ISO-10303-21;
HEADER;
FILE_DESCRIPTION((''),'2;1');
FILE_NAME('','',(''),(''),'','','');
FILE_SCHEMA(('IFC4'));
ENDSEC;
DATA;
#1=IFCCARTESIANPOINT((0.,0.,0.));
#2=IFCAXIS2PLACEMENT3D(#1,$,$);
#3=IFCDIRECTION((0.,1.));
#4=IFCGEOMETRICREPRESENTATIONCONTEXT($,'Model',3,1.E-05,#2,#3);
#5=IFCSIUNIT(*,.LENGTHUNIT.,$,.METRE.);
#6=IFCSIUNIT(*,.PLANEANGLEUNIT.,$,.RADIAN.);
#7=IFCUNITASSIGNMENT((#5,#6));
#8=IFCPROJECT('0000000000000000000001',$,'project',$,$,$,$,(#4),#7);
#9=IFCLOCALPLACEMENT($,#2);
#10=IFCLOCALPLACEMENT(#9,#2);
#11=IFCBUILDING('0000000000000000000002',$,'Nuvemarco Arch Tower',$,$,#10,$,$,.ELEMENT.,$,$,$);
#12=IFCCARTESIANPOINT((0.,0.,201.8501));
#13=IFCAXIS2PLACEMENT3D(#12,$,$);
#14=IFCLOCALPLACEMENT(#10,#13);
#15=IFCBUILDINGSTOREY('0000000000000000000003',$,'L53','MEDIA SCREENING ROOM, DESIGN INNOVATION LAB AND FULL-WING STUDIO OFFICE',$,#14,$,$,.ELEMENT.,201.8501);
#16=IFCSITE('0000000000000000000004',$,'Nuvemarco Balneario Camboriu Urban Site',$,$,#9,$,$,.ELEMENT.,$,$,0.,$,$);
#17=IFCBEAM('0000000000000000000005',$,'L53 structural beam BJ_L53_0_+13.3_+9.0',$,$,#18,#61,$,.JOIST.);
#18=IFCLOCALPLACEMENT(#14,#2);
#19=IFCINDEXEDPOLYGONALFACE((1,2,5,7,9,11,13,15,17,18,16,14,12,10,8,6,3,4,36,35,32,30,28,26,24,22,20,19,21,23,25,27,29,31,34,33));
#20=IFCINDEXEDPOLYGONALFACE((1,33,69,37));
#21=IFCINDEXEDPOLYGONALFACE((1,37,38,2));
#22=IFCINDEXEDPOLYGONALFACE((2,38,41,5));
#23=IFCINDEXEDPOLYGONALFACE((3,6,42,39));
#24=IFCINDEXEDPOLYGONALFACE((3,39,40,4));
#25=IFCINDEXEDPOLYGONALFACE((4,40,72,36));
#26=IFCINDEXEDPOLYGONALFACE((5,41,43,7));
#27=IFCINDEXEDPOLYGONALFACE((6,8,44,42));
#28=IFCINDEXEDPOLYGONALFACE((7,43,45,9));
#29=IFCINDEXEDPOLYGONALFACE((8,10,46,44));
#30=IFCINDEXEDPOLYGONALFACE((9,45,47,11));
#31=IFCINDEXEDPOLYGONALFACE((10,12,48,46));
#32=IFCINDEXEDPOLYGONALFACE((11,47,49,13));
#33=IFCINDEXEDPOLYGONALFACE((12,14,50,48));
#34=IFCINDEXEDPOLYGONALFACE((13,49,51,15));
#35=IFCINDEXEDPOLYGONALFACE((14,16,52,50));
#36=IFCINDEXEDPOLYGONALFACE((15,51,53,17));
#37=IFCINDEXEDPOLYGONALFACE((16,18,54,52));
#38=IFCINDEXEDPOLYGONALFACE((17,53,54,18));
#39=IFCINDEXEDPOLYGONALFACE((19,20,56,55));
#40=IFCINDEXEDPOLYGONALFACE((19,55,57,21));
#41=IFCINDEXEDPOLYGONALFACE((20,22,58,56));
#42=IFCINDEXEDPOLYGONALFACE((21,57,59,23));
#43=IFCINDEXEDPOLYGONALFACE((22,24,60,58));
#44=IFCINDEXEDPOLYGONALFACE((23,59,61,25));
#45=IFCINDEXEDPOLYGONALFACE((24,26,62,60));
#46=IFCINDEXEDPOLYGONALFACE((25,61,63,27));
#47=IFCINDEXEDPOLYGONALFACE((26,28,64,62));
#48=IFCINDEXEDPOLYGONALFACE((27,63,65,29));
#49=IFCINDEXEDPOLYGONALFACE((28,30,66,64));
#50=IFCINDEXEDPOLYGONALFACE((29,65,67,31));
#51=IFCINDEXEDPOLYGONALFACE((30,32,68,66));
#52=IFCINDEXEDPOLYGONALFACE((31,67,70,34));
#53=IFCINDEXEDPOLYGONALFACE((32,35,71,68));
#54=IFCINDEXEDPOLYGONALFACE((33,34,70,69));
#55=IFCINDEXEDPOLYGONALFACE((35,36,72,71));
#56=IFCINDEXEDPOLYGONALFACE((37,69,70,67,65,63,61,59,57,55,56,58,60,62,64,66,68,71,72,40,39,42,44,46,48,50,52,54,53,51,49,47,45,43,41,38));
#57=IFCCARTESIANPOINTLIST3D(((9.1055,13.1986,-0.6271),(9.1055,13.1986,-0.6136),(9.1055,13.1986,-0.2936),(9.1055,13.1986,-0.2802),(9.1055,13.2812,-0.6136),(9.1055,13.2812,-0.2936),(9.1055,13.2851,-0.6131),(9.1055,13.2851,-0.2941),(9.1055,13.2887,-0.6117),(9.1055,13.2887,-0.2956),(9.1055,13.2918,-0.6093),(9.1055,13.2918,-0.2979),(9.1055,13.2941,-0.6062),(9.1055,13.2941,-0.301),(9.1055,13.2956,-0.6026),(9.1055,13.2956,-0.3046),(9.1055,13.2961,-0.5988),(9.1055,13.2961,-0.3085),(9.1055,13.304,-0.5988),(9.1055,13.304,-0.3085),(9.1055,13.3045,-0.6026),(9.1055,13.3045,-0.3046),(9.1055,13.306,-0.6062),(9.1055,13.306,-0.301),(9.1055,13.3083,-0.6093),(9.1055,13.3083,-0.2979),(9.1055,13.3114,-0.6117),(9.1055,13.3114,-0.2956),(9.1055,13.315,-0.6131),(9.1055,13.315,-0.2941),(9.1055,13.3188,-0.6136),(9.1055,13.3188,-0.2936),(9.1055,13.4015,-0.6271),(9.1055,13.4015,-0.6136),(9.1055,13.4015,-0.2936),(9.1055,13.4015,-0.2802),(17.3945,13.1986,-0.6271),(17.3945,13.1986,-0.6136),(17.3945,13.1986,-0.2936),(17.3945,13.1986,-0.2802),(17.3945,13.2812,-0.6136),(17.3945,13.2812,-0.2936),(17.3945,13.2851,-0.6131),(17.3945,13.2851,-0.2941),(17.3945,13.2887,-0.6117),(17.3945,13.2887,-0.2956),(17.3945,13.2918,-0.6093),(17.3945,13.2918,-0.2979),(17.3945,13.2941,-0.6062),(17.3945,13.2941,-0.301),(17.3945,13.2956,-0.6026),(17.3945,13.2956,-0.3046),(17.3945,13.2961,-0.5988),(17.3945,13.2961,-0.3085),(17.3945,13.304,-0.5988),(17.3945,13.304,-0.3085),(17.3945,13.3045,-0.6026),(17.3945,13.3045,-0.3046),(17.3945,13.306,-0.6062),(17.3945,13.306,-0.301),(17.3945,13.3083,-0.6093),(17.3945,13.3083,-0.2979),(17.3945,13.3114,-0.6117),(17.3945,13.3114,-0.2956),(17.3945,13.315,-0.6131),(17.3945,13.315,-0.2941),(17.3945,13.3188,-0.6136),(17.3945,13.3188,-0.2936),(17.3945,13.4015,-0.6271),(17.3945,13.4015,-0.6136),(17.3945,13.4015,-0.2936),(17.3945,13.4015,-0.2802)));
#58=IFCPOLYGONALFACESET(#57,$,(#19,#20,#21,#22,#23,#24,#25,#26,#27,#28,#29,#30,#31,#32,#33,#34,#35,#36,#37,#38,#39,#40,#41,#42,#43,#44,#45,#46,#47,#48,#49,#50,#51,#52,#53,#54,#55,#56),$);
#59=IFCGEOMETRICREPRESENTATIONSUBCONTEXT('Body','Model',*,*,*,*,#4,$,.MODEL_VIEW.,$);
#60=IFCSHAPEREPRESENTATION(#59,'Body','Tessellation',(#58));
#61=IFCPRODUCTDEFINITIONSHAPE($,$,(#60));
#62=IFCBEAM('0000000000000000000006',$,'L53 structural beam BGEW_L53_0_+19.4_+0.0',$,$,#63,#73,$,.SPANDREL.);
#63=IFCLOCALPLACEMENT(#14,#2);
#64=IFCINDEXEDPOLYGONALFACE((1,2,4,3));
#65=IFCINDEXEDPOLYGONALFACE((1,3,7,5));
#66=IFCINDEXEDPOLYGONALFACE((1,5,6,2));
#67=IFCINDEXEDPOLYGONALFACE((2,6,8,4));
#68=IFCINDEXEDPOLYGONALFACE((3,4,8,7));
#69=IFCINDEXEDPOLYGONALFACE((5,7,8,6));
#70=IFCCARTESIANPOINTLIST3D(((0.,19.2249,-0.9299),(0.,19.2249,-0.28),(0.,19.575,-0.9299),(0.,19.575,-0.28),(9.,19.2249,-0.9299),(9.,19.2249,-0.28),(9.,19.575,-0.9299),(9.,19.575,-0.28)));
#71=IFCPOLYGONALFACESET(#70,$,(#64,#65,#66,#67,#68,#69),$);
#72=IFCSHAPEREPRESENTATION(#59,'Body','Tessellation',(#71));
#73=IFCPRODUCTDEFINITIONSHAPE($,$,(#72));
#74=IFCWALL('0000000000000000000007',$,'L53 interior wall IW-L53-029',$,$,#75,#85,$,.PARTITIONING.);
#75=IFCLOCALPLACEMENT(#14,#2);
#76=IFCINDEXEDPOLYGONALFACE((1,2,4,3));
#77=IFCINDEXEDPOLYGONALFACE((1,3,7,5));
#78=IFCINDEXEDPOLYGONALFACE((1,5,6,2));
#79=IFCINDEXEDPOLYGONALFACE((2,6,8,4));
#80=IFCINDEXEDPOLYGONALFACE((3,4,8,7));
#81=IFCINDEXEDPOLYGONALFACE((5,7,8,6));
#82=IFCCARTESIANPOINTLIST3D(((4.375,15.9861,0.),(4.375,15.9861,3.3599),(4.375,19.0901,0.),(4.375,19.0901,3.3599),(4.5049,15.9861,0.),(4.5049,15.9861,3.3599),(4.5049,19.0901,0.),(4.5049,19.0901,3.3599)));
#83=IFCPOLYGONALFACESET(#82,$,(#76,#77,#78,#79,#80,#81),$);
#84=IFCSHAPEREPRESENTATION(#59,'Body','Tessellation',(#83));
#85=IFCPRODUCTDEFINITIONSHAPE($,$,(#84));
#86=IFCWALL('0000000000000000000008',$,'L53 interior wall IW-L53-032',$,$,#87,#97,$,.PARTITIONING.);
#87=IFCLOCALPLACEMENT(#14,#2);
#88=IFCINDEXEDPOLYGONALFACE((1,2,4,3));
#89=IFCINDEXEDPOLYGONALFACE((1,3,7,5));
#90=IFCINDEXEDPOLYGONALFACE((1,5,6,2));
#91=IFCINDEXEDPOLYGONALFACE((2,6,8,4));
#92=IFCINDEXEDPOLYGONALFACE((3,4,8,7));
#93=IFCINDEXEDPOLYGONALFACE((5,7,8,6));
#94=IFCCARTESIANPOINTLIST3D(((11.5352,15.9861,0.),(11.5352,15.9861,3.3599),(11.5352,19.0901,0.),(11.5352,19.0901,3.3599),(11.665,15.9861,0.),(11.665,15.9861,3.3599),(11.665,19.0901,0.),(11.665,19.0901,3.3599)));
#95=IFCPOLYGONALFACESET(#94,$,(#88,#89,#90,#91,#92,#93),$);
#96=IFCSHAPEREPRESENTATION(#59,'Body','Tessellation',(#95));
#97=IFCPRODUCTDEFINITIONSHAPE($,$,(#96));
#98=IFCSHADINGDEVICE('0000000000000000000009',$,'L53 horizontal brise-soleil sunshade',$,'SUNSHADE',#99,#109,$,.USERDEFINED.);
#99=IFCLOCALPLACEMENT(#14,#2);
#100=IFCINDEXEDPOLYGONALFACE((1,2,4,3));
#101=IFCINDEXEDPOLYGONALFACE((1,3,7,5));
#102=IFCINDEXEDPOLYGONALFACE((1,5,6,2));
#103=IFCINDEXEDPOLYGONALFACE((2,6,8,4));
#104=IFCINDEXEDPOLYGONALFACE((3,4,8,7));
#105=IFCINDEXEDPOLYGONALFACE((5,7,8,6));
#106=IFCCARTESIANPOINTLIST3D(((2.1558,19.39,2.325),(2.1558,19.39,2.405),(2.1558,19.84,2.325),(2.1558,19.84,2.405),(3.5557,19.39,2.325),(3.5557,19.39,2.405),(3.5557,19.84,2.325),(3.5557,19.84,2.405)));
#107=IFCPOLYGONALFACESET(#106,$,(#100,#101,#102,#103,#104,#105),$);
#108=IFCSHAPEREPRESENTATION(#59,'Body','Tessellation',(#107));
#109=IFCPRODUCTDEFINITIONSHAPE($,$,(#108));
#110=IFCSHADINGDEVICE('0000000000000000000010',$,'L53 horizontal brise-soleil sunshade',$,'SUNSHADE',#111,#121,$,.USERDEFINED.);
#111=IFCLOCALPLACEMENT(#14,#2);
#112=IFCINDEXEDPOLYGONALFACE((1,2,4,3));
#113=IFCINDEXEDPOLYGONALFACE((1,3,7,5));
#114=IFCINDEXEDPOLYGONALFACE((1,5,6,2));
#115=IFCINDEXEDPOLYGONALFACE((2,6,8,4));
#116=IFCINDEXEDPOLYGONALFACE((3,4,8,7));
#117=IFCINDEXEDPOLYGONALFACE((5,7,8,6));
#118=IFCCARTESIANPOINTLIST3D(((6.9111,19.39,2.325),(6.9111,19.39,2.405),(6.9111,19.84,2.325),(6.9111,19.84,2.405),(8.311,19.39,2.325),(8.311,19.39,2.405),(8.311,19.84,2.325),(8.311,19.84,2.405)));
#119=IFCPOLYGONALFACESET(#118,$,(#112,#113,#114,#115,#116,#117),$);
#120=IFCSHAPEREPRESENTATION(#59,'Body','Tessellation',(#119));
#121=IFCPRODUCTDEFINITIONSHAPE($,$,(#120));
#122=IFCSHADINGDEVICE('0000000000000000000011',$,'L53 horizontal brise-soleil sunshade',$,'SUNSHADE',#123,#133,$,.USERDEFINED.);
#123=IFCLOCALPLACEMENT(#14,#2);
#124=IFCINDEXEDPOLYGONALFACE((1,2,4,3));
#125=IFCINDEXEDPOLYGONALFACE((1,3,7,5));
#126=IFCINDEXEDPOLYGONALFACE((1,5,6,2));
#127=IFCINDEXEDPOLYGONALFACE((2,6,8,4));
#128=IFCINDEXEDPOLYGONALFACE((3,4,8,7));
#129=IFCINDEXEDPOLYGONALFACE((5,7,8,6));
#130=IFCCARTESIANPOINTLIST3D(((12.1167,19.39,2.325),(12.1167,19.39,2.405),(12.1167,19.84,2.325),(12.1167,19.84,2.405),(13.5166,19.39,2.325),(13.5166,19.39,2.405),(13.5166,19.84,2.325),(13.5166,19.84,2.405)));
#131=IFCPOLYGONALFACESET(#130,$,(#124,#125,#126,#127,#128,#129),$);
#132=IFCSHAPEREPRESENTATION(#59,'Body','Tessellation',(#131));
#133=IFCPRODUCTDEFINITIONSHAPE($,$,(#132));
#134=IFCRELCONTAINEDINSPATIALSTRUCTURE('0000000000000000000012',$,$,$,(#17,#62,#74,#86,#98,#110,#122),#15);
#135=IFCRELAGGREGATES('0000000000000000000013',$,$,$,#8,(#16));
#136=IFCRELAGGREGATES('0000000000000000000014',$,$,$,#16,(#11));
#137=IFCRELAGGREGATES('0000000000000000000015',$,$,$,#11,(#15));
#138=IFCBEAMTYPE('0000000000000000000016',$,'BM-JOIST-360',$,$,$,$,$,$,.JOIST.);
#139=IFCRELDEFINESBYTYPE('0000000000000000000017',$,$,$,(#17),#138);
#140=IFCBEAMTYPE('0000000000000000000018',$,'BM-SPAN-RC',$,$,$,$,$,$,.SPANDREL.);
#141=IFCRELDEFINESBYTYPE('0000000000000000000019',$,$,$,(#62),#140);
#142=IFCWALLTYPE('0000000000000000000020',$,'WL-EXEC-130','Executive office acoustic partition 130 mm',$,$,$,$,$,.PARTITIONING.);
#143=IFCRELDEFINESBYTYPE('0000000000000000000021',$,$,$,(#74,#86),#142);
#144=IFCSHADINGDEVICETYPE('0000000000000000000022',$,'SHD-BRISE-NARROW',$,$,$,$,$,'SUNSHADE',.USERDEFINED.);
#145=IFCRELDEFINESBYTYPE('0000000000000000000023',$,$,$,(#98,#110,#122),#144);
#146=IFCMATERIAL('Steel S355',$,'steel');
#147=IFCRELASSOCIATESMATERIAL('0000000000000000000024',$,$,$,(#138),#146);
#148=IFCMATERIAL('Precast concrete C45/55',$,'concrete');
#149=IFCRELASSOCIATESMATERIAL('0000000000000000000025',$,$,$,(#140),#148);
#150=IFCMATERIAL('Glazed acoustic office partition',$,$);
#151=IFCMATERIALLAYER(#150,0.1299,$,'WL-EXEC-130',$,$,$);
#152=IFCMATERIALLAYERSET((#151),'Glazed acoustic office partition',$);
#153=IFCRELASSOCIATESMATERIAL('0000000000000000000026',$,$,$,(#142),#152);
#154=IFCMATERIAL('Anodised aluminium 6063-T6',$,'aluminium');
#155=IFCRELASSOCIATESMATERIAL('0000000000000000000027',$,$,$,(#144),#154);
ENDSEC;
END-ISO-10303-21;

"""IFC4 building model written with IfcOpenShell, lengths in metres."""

from ifc_helpers import new_model, si_unit, direction, frame, frame_2d, origin, origin_2d, place, context, subcontext, project, spatial, rectangle, i_section, extrude, source, transform, mapped, material, layer, layer_set, material_profile, profile_set, type_object, type_shapes, element, save


model = new_model("IFC4")

# Units and contexts
model_context = context("Model", 3, precision=1e-05, world=origin(), true_north=direction((0.0, 1.0)))
body_context = subcontext(model_context, "Body", "Model", "MODEL_VIEW")
ifc_project = project(units=[si_unit("LENGTHUNIT", "METRE"), si_unit("PLANEANGLEUNIT", "RADIAN")], contexts=[model_context])

# Site, building, storey
site_placement = place(None, origin())
site = spatial("IfcSite", under=ifc_project, at=site_placement, Name="Nuvemarco Balneario Camboriu Urban Site", CompositionType="ELEMENT", RefElevation=0.0)
building_placement = place(site_placement, origin())
building = spatial("IfcBuilding", under=site, at=building_placement, Name="Nuvemarco Arch Tower", CompositionType="ELEMENT")
storey_placement = place(building_placement, frame((0.0, 0.0, 201.8501)))
storey = spatial("IfcBuildingStorey", under=building, at=storey_placement, Name="L53", Description="MEDIA SCREENING ROOM, DESIGN INNOVATION LAB AND FULL-WING STUDIO OFFICE", CompositionType="ELEMENT", Elevation=201.8501)

# Shared definitions
ifc_material_1 = material(Name="Steel S355", Category="steel")

# Beams
ifc_material_profile_1 = material_profile(ifc_material_1, i_section(OverallWidth=0.2029, OverallDepth=0.3469, WebThickness=0.0078, FlangeThickness=0.0134, FilletRadius=0.0149, at=origin_2d()), Name="W360x64")
ifc_profile_set_1 = profile_set([ifc_material_profile_1], Name="Steel S355")
beam_type_1 = type_object("IfcBeamType", Name="BM-JOIST-360", PredefinedType="JOIST", material=ifc_profile_set_1)
beam_1_placement = place(storey_placement, frame((9.1055, 13.3, -0.4536), z_axis=(1.0, 0.0, 0.0), x_axis=(0.0, 1.0, 0.0)))
element("IfcBeam", 1, at=beam_1_placement, inside=storey, type_object=beam_type_1, Name="L53 structural beam BJ_L53_0_+13.3_+9.0", PredefinedType="JOIST", context=body_context, shape_type="SweptSolid", body=[
    extrude(i_section(OverallWidth=0.2029, OverallDepth=0.3469, WebThickness=0.0078, FlangeThickness=0.0134, FilletRadius=0.0149, at=origin_2d()), origin(), (0.0, 0.0, 1.0), 8.2891),
])
ifc_material_2 = material(Name="Precast concrete C45/55", Category="concrete")
ifc_material_profile_2 = material_profile(ifc_material_2, rectangle(XDim=0.3501, YDim=0.6499, at=origin_2d()), Name="PC-SP-350x650")
ifc_profile_set_2 = profile_set([ifc_material_profile_2], Name="Precast concrete C45/55")
beam_type_2 = type_object("IfcBeamType", Name="BM-SPAN-RC", PredefinedType="SPANDREL", material=ifc_profile_set_2)
beam_2_placement = place(storey_placement, frame((0.0, 19.3999, -0.605), z_axis=(1.0, 0.0, 0.0), x_axis=(0.0, 1.0, 0.0)))
element("IfcBeam", 2, at=beam_2_placement, inside=storey, type_object=beam_type_2, Name="L53 structural beam BGEW_L53_0_+19.4_+0.0", PredefinedType="SPANDREL", context=body_context, shape_type="SweptSolid", body=[
    extrude(rectangle(XDim=0.3501, YDim=0.6499, at=origin_2d()), origin(), (0.0, 0.0, 1.0), 9.0),
])

# Walls
ifc_material_3 = material(Name="Glazed acoustic office partition")
ifc_layer = layer(ifc_material_3, 0.1299, Name="WL-EXEC-130")
ifc_layer_set = layer_set([ifc_layer], Name="Glazed acoustic office partition")
wall_type = type_object("IfcWallType", Name="WL-EXEC-130", Description="Executive office acoustic partition 130 mm", PredefinedType="PARTITIONING", material=ifc_layer_set)
for number, where, z_axis, x_axis, name in (
    (3, (4.4399, 15.9861, 0.0), (0.0, 0.0, 1.0), (0.0, 1.0, 0.0), "L53 interior wall IW-L53-029"),
    (4, (11.6001, 15.9861, 0.0), (0.0, 0.0, 1.0), (0.0, 1.0, 0.0), "L53 interior wall IW-L53-032"),
):
    element("IfcWall", number, at=place(storey_placement, frame(where, z_axis=z_axis, x_axis=x_axis)), inside=storey, type_object=wall_type, Name=name, PredefinedType="PARTITIONING", context=body_context, shape_type="SweptSolid", body=[
        extrude(rectangle(XDim=3.104, YDim=0.1299, at=frame_2d((1.552, 0.0))), origin(), (0.0, 0.0, 1.0), 3.3599),
    ])

# Shading devices
ifc_material_4 = material(Name="Anodised aluminium 6063-T6", Category="aluminium")
shading_device_type = type_object("IfcShadingDeviceType", Name="SHD-BRISE-NARROW", ElementType="SUNSHADE", PredefinedType="USERDEFINED", material=ifc_material_4)
shared_shape = source(origin(), body_context, "Body", "SweptSolid", [
    extrude(rectangle(XDim=1.3999, YDim=0.45, at=origin_2d()), origin(), (0.0, 0.0, 1.0), 0.0801),
])
type_shapes(shading_device_type, [shared_shape])
for number, where, z_axis, x_axis, name in (
    (5, (2.8557, 19.615, 2.325), (0.0, 0.0, 1.0), (1.0, 0.0, 0.0), "L53 horizontal brise-soleil sunshade"),
    (6, (7.6111, 19.615, 2.325), (0.0, 0.0, 1.0), (1.0, 0.0, 0.0), "L53 horizontal brise-soleil sunshade"),
    (7, (12.8167, 19.615, 2.325), (0.0, 0.0, 1.0), (1.0, 0.0, 0.0), "L53 horizontal brise-soleil sunshade"),
):
    element("IfcShadingDevice", number, at=place(storey_placement, frame(where, z_axis=z_axis, x_axis=x_axis)), inside=storey, type_object=shading_device_type, Name=name, ObjectType="SUNSHADE", PredefinedType="USERDEFINED", context=body_context, shape_type="MappedRepresentation", body=[
        mapped(shared_shape, transform((0.0, 0.0, 0.0), scale=1.0)),
    ])

save(model, "model.ifc")
